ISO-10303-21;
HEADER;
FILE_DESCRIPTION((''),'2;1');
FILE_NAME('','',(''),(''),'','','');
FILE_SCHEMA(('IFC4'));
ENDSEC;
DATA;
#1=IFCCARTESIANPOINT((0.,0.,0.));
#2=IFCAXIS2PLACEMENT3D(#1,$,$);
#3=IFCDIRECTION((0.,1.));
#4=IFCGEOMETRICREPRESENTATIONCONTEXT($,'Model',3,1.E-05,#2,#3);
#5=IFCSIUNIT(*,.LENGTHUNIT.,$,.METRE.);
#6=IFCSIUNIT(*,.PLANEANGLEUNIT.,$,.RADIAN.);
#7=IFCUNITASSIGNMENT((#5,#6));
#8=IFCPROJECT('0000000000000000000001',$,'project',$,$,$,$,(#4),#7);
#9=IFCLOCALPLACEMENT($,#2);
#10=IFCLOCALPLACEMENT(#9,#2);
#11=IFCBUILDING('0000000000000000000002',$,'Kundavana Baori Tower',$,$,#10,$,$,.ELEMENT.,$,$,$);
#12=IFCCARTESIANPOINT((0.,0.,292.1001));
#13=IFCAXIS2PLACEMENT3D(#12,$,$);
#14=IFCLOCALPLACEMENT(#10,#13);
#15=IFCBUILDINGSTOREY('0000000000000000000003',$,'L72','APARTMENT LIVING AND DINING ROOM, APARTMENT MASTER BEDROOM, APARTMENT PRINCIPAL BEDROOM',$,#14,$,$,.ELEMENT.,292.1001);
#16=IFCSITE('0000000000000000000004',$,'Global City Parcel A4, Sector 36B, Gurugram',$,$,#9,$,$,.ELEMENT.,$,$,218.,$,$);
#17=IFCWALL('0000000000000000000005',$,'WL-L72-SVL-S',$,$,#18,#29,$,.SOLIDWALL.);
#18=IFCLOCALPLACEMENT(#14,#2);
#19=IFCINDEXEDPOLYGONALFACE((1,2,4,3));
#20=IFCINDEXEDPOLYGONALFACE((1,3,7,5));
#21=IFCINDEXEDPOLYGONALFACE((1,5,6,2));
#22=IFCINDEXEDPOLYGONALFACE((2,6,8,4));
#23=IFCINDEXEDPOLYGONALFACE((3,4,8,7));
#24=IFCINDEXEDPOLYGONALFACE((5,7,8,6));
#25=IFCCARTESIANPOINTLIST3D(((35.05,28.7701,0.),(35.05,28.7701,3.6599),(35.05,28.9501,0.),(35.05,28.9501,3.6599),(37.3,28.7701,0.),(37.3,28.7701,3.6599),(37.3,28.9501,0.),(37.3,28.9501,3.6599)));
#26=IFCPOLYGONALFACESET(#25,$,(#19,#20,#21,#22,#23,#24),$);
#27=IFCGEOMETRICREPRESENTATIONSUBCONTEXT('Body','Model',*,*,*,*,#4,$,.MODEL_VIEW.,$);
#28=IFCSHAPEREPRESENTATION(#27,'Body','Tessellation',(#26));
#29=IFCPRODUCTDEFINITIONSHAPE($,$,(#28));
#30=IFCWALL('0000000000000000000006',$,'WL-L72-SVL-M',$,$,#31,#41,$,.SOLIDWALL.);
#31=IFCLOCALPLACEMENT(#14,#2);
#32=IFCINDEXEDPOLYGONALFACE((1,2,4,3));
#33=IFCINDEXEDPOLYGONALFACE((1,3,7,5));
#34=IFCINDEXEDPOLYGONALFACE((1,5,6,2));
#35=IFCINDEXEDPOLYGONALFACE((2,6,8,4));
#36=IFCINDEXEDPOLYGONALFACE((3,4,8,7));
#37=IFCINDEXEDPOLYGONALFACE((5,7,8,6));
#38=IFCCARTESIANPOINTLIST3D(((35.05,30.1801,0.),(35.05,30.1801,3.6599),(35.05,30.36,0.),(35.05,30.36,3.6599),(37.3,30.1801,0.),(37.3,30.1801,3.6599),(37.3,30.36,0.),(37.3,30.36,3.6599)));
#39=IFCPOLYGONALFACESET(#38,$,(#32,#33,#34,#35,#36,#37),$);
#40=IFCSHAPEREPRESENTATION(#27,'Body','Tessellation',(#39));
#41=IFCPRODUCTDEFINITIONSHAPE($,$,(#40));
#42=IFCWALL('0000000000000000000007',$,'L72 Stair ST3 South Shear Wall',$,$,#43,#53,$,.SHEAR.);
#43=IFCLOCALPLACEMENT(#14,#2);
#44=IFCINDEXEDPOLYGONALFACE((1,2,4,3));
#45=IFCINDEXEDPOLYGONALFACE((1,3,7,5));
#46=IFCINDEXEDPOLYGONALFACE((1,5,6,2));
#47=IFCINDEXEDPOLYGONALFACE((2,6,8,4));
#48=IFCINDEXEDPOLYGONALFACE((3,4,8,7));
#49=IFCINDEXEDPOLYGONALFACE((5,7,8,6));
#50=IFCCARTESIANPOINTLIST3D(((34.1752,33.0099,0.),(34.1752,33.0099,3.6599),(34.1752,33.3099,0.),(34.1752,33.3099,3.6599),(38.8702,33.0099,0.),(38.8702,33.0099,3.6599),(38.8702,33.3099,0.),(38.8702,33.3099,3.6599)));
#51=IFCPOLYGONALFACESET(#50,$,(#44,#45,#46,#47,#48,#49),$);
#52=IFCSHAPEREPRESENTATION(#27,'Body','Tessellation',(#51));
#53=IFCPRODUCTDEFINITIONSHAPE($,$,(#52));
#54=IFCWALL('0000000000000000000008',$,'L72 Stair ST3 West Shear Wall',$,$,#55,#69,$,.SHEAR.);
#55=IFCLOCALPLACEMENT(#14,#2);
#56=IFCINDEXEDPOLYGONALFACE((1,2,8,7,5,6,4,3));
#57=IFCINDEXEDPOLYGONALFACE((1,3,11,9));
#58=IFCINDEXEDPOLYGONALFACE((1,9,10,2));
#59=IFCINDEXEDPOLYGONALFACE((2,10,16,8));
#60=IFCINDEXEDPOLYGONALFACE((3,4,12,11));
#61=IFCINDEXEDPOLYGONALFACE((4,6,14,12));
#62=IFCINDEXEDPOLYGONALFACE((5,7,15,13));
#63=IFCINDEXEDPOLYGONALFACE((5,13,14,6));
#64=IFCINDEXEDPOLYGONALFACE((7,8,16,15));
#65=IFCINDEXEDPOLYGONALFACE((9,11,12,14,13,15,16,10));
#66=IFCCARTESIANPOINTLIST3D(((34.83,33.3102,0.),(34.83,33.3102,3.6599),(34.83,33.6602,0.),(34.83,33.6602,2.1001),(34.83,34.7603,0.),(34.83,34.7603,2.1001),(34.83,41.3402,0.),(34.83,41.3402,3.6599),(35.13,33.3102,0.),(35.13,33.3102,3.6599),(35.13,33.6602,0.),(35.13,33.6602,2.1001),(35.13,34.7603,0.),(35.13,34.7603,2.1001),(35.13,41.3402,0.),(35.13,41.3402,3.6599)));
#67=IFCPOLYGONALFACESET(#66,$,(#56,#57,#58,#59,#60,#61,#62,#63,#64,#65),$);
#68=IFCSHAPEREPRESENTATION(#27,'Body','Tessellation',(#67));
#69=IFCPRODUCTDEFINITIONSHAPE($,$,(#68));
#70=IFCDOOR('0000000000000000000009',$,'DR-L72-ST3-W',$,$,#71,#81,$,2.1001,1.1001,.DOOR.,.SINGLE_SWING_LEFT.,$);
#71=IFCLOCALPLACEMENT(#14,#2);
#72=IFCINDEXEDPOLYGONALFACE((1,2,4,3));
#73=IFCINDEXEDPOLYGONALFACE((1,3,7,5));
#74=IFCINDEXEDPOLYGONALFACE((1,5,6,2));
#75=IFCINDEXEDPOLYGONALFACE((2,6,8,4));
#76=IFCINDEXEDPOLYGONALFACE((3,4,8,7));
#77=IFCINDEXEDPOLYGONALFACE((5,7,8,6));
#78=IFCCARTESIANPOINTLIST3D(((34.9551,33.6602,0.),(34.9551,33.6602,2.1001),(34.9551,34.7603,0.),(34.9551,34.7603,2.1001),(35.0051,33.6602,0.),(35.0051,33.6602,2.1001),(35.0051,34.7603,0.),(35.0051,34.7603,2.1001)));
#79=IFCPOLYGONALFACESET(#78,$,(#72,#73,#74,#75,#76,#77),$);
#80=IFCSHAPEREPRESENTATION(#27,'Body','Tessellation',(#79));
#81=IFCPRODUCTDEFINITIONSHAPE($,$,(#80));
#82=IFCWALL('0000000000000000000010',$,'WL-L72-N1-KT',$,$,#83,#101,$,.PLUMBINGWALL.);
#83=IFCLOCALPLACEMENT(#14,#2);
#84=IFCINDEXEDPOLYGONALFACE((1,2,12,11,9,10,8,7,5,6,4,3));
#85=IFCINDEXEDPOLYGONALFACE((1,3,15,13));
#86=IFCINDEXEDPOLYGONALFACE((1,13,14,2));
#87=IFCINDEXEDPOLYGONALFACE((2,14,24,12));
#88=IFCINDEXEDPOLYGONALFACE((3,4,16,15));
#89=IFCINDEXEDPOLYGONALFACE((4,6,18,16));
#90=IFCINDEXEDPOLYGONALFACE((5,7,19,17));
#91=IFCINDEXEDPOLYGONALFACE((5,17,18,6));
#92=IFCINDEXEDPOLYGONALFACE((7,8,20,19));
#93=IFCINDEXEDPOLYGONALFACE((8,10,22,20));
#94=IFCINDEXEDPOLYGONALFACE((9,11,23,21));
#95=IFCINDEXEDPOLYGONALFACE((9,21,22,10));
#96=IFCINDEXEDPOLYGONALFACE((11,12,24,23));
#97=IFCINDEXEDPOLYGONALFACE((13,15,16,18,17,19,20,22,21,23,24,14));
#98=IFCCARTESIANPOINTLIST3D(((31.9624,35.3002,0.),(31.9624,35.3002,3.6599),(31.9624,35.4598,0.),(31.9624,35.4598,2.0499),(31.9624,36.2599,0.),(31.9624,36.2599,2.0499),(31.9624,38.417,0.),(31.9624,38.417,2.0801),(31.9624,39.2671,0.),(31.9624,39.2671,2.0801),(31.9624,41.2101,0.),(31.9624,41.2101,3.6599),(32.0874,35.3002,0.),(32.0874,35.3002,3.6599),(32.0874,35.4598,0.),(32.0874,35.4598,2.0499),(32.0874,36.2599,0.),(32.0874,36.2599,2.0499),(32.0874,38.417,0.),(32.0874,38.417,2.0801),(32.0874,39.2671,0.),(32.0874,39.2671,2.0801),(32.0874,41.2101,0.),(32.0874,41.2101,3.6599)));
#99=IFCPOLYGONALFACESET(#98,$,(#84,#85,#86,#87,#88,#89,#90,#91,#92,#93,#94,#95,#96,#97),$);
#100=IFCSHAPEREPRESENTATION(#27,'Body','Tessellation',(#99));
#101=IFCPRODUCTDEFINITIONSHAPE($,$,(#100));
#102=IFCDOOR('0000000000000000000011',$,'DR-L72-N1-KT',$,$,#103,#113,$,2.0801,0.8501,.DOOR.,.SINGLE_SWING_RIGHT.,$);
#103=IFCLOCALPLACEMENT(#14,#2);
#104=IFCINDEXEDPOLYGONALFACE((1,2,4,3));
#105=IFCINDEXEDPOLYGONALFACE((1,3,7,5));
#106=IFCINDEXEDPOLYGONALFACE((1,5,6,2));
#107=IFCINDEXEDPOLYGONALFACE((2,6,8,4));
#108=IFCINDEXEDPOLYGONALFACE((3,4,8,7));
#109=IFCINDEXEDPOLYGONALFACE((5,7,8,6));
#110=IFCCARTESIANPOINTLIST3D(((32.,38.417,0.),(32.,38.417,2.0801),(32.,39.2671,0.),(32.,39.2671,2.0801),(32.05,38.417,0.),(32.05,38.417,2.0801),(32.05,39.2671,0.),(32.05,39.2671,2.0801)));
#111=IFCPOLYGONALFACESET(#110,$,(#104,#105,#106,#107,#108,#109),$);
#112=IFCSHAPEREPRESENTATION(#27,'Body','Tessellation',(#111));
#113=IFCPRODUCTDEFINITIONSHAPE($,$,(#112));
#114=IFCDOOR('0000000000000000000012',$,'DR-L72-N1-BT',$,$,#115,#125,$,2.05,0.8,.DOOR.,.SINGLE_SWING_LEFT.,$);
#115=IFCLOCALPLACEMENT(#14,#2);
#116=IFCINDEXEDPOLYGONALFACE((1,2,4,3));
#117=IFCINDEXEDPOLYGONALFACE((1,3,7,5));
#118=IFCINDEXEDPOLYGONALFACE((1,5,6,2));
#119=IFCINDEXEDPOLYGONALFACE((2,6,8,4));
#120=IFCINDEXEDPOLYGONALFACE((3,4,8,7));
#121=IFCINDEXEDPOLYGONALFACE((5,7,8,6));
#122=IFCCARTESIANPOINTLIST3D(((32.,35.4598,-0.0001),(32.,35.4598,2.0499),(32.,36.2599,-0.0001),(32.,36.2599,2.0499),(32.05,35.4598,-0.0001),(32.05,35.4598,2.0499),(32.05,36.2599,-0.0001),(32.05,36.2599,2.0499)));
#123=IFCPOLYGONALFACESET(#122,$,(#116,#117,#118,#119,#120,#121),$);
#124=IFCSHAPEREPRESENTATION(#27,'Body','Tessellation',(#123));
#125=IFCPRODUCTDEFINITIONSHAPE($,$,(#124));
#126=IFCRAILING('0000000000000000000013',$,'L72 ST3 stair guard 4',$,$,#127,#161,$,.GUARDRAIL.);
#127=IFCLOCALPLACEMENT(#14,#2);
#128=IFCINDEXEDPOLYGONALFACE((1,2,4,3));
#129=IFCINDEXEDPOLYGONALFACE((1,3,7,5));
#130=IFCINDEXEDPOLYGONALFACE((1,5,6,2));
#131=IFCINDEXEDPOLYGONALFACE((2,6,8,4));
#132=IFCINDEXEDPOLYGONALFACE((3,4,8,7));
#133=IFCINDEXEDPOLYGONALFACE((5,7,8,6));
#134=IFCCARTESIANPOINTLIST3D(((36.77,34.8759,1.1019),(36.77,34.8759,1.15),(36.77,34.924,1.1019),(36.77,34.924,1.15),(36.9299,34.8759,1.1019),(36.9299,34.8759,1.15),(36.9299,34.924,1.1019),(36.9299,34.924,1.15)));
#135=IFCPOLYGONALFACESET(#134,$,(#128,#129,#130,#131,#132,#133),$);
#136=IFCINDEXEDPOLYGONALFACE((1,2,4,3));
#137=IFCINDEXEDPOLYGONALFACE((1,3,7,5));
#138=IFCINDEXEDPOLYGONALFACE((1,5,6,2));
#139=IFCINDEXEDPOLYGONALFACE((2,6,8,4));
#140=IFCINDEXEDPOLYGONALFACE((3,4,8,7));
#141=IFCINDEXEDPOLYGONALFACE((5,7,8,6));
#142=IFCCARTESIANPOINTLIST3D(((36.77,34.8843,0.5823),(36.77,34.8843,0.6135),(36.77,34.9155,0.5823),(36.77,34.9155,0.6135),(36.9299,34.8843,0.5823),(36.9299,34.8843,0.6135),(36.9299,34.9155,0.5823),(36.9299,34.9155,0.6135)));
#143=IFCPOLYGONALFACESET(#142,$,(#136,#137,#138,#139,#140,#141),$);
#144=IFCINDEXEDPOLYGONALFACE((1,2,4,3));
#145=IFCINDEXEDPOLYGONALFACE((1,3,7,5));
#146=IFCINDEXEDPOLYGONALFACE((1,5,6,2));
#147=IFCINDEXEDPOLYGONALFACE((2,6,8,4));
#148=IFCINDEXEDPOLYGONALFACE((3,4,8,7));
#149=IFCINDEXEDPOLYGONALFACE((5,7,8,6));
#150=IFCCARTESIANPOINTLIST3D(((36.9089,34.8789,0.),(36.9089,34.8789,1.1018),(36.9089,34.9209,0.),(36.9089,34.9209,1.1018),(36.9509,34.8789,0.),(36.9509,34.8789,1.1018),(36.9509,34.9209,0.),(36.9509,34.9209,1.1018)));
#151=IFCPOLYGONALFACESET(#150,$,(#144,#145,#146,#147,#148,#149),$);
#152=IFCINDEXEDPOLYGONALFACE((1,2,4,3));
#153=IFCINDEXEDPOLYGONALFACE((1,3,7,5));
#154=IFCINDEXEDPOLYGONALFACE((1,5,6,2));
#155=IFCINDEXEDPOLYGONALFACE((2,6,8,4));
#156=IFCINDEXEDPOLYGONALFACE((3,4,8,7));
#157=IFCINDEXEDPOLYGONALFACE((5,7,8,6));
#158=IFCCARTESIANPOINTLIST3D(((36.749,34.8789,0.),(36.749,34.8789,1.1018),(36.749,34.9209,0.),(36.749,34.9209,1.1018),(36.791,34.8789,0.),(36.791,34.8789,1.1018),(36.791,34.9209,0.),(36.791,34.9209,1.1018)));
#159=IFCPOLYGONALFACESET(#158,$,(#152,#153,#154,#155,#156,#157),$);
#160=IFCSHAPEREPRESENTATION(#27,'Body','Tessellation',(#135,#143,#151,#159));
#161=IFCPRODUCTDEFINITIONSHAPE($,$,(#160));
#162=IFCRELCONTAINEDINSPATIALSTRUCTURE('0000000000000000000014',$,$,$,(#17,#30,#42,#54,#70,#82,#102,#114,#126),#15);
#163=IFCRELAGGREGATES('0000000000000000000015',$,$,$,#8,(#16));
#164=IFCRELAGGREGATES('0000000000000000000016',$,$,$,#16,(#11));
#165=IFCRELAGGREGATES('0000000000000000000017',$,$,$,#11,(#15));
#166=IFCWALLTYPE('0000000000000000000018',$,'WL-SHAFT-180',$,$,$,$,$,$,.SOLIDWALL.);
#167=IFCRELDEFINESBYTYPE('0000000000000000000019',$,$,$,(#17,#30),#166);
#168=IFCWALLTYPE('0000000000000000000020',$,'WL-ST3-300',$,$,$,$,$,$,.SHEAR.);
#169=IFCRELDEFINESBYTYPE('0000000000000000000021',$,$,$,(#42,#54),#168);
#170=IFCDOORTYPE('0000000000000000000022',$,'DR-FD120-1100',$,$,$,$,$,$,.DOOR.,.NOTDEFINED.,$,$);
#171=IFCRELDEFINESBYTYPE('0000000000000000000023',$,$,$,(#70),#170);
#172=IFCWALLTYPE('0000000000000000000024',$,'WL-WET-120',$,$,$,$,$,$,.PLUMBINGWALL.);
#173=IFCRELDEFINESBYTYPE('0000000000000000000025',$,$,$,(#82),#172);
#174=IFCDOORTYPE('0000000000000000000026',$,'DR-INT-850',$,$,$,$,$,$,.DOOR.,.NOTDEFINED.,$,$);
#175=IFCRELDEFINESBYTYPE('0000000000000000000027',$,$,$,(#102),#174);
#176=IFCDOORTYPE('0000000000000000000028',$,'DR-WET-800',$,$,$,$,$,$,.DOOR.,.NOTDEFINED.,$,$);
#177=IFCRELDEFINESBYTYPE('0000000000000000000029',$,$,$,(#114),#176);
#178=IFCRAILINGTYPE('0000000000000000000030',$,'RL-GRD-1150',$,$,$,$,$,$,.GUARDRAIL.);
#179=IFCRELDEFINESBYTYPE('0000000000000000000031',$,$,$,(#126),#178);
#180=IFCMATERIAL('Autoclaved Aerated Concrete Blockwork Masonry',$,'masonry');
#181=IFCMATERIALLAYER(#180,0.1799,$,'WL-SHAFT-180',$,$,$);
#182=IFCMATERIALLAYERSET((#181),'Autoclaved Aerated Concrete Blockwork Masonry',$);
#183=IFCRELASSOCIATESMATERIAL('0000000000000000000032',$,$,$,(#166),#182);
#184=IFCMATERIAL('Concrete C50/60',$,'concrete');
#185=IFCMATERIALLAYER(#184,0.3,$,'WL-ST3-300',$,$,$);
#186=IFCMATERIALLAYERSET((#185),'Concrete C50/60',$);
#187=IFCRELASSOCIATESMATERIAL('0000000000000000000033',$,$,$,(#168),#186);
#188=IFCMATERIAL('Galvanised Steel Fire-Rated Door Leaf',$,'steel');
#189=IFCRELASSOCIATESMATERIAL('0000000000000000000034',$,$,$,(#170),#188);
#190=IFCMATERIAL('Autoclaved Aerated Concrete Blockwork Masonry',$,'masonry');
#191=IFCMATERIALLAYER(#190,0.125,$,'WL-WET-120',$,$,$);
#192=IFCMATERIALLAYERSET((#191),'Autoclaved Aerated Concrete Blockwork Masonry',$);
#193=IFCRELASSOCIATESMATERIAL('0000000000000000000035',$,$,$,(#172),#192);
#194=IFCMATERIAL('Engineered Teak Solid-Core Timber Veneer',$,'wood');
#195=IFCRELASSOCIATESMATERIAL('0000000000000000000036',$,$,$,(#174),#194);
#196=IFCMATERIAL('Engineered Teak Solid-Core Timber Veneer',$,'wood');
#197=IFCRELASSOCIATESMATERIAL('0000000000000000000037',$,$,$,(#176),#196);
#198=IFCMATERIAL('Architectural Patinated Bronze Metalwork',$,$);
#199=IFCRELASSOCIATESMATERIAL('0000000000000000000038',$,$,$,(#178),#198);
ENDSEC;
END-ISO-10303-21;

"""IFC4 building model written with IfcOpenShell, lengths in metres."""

from ifc_helpers import new_model, si_unit, direction, frame, frame_2d, origin, origin_2d, place, context, subcontext, project, spatial, rectangle, extrude, material, layer, layer_set, type_object, element, fill, save


model = new_model("IFC4")

# Units and contexts
model_context = context("Model", 3, precision=1e-05, world=origin(), true_north=direction((0.0, 1.0)))
body_context = subcontext(model_context, "Body", "Model", "MODEL_VIEW")
ifc_project = project(units=[si_unit("LENGTHUNIT", "METRE"), si_unit("PLANEANGLEUNIT", "RADIAN")], contexts=[model_context])

# Site, building, storey
site_placement = place(None, origin())
site = spatial("IfcSite", under=ifc_project, at=site_placement, Name="Global City Parcel A4, Sector 36B, Gurugram", CompositionType="ELEMENT", RefElevation=218.0)
building_placement = place(site_placement, origin())
building = spatial("IfcBuilding", under=site, at=building_placement, Name="Kundavana Baori Tower", CompositionType="ELEMENT")
storey_placement = place(building_placement, frame((0.0, 0.0, 292.1001)))
storey = spatial("IfcBuildingStorey", under=building, at=storey_placement, Name="L72", Description="APARTMENT LIVING AND DINING ROOM, APARTMENT MASTER BEDROOM, APARTMENT PRINCIPAL BEDROOM", CompositionType="ELEMENT", Elevation=292.1001)

# Walls
ifc_material_1 = material(Name="Autoclaved Aerated Concrete Blockwork Masonry", Category="masonry")
ifc_layer_1 = layer(ifc_material_1, 0.1799, Name="WL-SHAFT-180")
ifc_layer_set_1 = layer_set([ifc_layer_1], Name="Autoclaved Aerated Concrete Blockwork Masonry")
wall_type_1 = type_object("IfcWallType", Name="WL-SHAFT-180", PredefinedType="SOLIDWALL", material=ifc_layer_set_1)
for number, where, z_axis, x_axis, name in (
    (1, (35.05, 28.8601, 0.0), (0.0, 0.0, 1.0), (1.0, 0.0, 0.0), "WL-L72-SVL-S"),
    (2, (35.05, 30.27, 0.0), (0.0, 0.0, 1.0), (1.0, 0.0, 0.0), "WL-L72-SVL-M"),
):
    element("IfcWall", number, at=place(storey_placement, frame(where, z_axis=z_axis, x_axis=x_axis)), inside=storey, type_object=wall_type_1, Name=name, PredefinedType="SOLIDWALL", context=body_context, shape_type="SweptSolid", body=[
        extrude(rectangle(XDim=2.25, YDim=0.1799, at=frame_2d((1.125, 0.0))), origin(), (0.0, 0.0, 1.0), 3.6599),
    ])
ifc_material_2 = material(Name="Concrete C50/60", Category="concrete")
ifc_layer_2 = layer(ifc_material_2, 0.3, Name="WL-ST3-300")
ifc_layer_set_2 = layer_set([ifc_layer_2], Name="Concrete C50/60")
wall_type_2 = type_object("IfcWallType", Name="WL-ST3-300", PredefinedType="SHEAR", material=ifc_layer_set_2)
wall_1_placement = place(storey_placement, frame((34.175, 33.1599, 0.0), z_axis=(0.0, 0.0, 1.0), x_axis=(1.0, 0.0, 0.0)))
element("IfcWall", 3, at=wall_1_placement, inside=storey, type_object=wall_type_2, Name="L72 Stair ST3 South Shear Wall", PredefinedType="SHEAR", context=body_context, shape_type="SweptSolid", body=[
    extrude(rectangle(XDim=4.6951, YDim=0.3, at=frame_2d((2.3477, 0.0))), origin(), (0.0, 0.0, 1.0), 3.6599),
])

# Wall, opening, door
wall_2_placement = place(storey_placement, frame((34.98, 33.3101, 0.0), z_axis=(0.0, 0.0, 1.0), x_axis=(0.0, 1.0, 0.0)))
wall_2 = element("IfcWall", 4, at=wall_2_placement, inside=storey, type_object=wall_type_2, Name="L72 Stair ST3 West Shear Wall", PredefinedType="SHEAR", context=body_context, shape_type="SweptSolid", body=[
    extrude(rectangle(XDim=8.03, YDim=0.3, at=frame_2d((4.0151, 0.0))), origin(), (0.0, 0.0, 1.0), 3.6599),
])
opening_1_placement = place(wall_2_placement, frame((0.3501, 0.0, 0.0)))
opening_1 = element("IfcOpeningElement", 5, at=opening_1_placement, cuts=wall_2, PredefinedType="OPENING", context=body_context, shape_type="SweptSolid", body=[
    extrude(rectangle(XDim=1.1001, YDim=2.1001, at=frame_2d((0.55, 1.05))), frame((0.0, 0.1602, 0.0), z_axis=(0.0, -1.0, 0.0), x_axis=(1.0, 0.0, 0.0)), (0.0, 0.0, 1.0), 0.3201),
])
ifc_material_3 = material(Name="Galvanised Steel Fire-Rated Door Leaf", Category="steel")
door_type_1 = type_object("IfcDoorType", Name="DR-FD120-1100", OperationType="NOTDEFINED", PredefinedType="DOOR", material=ifc_material_3)
door_1_placement = place(opening_1_placement, origin())
door_1 = element("IfcDoor", 6, at=door_1_placement, inside=storey, type_object=door_type_1, Name="DR-L72-ST3-W", OperationType="SINGLE_SWING_LEFT", OverallHeight=2.1001, OverallWidth=1.1001, PredefinedType="DOOR", context=body_context, shape_type="SweptSolid", body=[
    extrude(rectangle(XDim=1.1001, YDim=2.1001, at=frame_2d((0.55, 1.05))), frame((0.0, 0.0249, 0.0), z_axis=(0.0, -1.0, 0.0), x_axis=(1.0, 0.0, 0.0)), (0.0, 0.0, 1.0), 0.05),
])
fill(opening_1, door_1)

# Wall, openings, doors
ifc_material_4 = material(Name="Autoclaved Aerated Concrete Blockwork Masonry", Category="masonry")
ifc_layer_3 = layer(ifc_material_4, 0.125, Name="WL-WET-120")
ifc_layer_set_3 = layer_set([ifc_layer_3], Name="Autoclaved Aerated Concrete Blockwork Masonry")
wall_type_3 = type_object("IfcWallType", Name="WL-WET-120", PredefinedType="PLUMBINGWALL", material=ifc_layer_set_3)
wall_3_placement = place(storey_placement, frame((32.0249, 35.3, 0.0), z_axis=(0.0, 0.0, 1.0), x_axis=(0.0, 1.0, 0.0)))
wall_3 = element("IfcWall", 7, at=wall_3_placement, inside=storey, type_object=wall_type_3, Name="WL-L72-N1-KT", PredefinedType="PLUMBINGWALL", context=body_context, shape_type="SweptSolid", body=[
    extrude(rectangle(XDim=5.9099, YDim=0.125, at=frame_2d((2.9551, 0.0))), origin(), (0.0, 0.0, 1.0), 3.6599),
])
opening_2_placement = place(wall_3_placement, frame((0.1599, 0.0, 0.0)))
opening_2 = element("IfcOpeningElement", 8, at=opening_2_placement, cuts=wall_3, PredefinedType="OPENING", context=body_context, shape_type="SweptSolid", body=[
    extrude(rectangle(XDim=0.8, YDim=2.05, at=frame_2d((0.3999, 1.0249))), frame((0.0, 0.0725, 0.0), z_axis=(0.0, -1.0, 0.0), x_axis=(1.0, 0.0, 0.0)), (0.0, 0.0, 1.0), 0.145),
])
opening_3_placement = place(wall_3_placement, frame((3.1169, 0.0, 0.0)))
opening_3 = element("IfcOpeningElement", 9, at=opening_3_placement, cuts=wall_3, PredefinedType="OPENING", context=body_context, shape_type="SweptSolid", body=[
    extrude(rectangle(XDim=0.8501, YDim=2.0801, at=frame_2d((0.425, 1.04))), frame((0.0, 0.0725, 0.0), z_axis=(0.0, -1.0, 0.0), x_axis=(1.0, 0.0, 0.0)), (0.0, 0.0, 1.0), 0.145),
])
ifc_material_5 = material(Name="Engineered Teak Solid-Core Timber Veneer", Category="wood")
door_type_2 = type_object("IfcDoorType", Name="DR-INT-850", OperationType="NOTDEFINED", PredefinedType="DOOR", material=ifc_material_5)
door_2_placement = place(opening_3_placement, origin())
door_2 = element("IfcDoor", 10, at=door_2_placement, inside=storey, type_object=door_type_2, Name="DR-L72-N1-KT", OperationType="SINGLE_SWING_RIGHT", OverallHeight=2.0801, OverallWidth=0.8501, PredefinedType="DOOR", context=body_context, shape_type="SweptSolid", body=[
    extrude(rectangle(XDim=0.8501, YDim=2.0801, at=frame_2d((0.425, 1.04))), frame((0.0, 0.0249, 0.0), z_axis=(0.0, -1.0, 0.0), x_axis=(1.0, 0.0, 0.0)), (0.0, 0.0, 1.0), 0.05),
])
fill(opening_3, door_2)
ifc_material_6 = material(Name="Engineered Teak Solid-Core Timber Veneer", Category="wood")
door_type_3 = type_object("IfcDoorType", Name="DR-WET-800", OperationType="NOTDEFINED", PredefinedType="DOOR", material=ifc_material_6)
door_3_placement = place(opening_2_placement, origin())
door_3 = element("IfcDoor", 11, at=door_3_placement, inside=storey, type_object=door_type_3, Name="DR-L72-N1-BT", OperationType="SINGLE_SWING_LEFT", OverallHeight=2.05, OverallWidth=0.8, PredefinedType="DOOR", context=body_context, shape_type="SweptSolid", body=[
    extrude(rectangle(XDim=0.8, YDim=2.05, at=frame_2d((0.3999, 1.0249))), frame((0.0, 0.0249, 0.0), z_axis=(0.0, -1.0, 0.0), x_axis=(1.0, 0.0, 0.0)), (0.0, 0.0, 1.0), 0.05),
])
fill(opening_2, door_3)

# Railing
ifc_material_7 = material(Name="Architectural Patinated Bronze Metalwork")
railing_type = type_object("IfcRailingType", Name="RL-GRD-1150", PredefinedType="GUARDRAIL", material=ifc_material_7)
railing_1_placement = place(storey_placement, frame((36.9299, 34.8999, 0.0)))
element("IfcRailing", 12, at=railing_1_placement, inside=storey, type_object=railing_type, Name="L72 ST3 stair guard 4", PredefinedType="GUARDRAIL", context=body_context, shape_type="SweptSolid", body=[
    extrude(rectangle(XDim=0.0481, YDim=0.0481, at=origin_2d()), frame((0.0, 0.0, 1.126), z_axis=(-1.0, 0.0, 0.0), x_axis=(0.0, -1.0, 0.0)), (0.0, 0.0, 1.0), 0.1599),
    extrude(rectangle(XDim=0.0312, YDim=0.0312, at=origin_2d()), frame((0.0, 0.0, 0.5979), z_axis=(-1.0, 0.0, 0.0), x_axis=(0.0, -1.0, 0.0)), (0.0, 0.0, 1.0), 0.1599),
    extrude(rectangle(XDim=0.042, YDim=0.042, at=origin_2d()), origin(), (0.0, 0.0, 1.0), 1.1018),
    extrude(rectangle(XDim=0.042, YDim=0.042, at=origin_2d()), frame((-0.1599, 0.0, 0.0)), (0.0, 0.0, 1.0), 1.1018),
])

save(model, "model.ifc")
